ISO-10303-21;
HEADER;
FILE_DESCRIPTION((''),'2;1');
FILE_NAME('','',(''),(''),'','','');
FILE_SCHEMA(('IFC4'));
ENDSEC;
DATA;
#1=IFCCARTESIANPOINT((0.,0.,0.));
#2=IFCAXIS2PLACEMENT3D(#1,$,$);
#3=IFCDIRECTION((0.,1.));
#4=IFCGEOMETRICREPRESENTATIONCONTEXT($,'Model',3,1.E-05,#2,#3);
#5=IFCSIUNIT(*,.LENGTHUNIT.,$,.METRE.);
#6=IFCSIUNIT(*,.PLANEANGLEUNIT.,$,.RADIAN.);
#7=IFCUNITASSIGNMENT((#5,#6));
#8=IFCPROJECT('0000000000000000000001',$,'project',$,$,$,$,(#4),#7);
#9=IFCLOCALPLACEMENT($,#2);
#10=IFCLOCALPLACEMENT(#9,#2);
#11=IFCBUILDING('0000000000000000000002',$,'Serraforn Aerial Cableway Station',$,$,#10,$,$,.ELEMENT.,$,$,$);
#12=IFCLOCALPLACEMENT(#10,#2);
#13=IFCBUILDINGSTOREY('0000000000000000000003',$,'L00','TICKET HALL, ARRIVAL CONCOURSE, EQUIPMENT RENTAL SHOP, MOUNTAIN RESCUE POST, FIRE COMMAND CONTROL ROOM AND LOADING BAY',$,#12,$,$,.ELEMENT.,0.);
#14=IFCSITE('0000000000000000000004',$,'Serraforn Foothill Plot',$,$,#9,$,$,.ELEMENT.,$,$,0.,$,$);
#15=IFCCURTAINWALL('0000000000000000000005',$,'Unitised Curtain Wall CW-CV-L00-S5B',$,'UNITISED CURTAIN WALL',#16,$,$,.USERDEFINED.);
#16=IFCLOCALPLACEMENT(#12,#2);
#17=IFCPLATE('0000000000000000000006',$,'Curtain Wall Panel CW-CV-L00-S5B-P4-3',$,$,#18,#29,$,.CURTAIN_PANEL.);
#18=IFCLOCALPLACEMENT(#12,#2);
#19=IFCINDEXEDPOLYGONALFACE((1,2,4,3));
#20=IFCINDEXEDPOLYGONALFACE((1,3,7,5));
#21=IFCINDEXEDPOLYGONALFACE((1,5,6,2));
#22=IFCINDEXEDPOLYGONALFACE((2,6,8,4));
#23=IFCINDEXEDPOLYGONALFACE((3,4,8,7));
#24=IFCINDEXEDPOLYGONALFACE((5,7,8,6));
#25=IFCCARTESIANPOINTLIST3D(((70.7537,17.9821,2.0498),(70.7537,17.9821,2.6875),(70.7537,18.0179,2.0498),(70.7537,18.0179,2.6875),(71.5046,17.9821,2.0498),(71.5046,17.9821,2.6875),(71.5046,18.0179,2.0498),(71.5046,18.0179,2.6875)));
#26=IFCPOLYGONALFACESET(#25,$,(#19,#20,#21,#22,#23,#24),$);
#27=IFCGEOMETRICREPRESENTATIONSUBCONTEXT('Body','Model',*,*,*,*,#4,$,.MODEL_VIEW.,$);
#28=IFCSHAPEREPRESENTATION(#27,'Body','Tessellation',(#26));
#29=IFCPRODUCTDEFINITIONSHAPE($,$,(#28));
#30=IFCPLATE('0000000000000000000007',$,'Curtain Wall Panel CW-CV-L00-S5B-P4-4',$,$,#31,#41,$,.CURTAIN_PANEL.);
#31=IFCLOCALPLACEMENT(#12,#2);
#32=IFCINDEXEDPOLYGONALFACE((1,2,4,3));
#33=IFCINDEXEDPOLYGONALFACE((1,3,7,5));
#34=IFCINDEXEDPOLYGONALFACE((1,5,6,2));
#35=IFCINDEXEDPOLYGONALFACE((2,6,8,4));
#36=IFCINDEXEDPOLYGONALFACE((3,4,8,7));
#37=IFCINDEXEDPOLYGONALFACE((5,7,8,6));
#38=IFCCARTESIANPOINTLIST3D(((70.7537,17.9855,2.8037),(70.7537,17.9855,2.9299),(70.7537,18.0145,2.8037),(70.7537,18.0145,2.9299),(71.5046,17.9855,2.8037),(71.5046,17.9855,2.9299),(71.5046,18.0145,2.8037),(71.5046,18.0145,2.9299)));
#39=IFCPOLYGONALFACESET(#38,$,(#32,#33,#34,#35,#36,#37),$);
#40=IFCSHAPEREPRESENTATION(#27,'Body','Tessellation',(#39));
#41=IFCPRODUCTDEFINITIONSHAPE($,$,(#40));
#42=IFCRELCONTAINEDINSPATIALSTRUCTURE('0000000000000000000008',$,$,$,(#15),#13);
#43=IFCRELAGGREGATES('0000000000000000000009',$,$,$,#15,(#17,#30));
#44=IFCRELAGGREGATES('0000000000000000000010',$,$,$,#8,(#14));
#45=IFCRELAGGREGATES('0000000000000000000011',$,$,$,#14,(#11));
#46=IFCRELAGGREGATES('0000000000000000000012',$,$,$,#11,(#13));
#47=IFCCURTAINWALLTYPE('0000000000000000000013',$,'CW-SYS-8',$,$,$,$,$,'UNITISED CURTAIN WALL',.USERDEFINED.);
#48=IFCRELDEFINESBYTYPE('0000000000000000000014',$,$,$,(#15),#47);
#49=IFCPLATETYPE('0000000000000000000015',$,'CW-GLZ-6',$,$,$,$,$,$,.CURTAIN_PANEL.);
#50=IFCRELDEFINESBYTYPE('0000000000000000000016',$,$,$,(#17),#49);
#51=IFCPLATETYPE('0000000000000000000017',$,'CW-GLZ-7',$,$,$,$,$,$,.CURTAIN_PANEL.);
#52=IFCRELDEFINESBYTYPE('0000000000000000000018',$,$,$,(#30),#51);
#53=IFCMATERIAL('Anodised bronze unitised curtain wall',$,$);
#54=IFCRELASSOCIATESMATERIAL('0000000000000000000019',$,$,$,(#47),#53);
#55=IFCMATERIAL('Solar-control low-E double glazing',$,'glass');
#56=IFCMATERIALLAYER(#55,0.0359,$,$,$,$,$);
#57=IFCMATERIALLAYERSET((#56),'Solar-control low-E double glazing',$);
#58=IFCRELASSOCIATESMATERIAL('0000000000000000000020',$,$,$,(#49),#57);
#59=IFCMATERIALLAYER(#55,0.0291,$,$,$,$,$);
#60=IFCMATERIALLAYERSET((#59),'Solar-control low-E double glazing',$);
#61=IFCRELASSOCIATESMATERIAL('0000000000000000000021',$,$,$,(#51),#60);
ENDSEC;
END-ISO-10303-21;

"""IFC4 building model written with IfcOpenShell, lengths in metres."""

from ifc_helpers import new_model, si_unit, direction, frame, origin, origin_2d, place, context, subcontext, project, spatial, rectangle, extrude, material, layer, layer_set, type_object, element, aggregate, save


model = new_model("IFC4")

# Units and contexts
model_context = context("Model", 3, precision=1e-05, world=origin(), true_north=direction((0.0, 1.0)))
body_context = subcontext(model_context, "Body", "Model", "MODEL_VIEW")
ifc_project = project(units=[si_unit("LENGTHUNIT", "METRE"), si_unit("PLANEANGLEUNIT", "RADIAN")], contexts=[model_context])

# Site, building, storey
site_placement = place(None, origin())
site = spatial("IfcSite", under=ifc_project, at=site_placement, Name="Serraforn Foothill Plot", CompositionType="ELEMENT", RefElevation=0.0)
building_placement = place(site_placement, origin())
building = spatial("IfcBuilding", under=site, at=building_placement, Name="Serraforn Aerial Cableway Station", CompositionType="ELEMENT")
storey_placement = place(building_placement, origin())
storey = spatial("IfcBuildingStorey", under=building, at=storey_placement, Name="L00", Description="TICKET HALL, ARRIVAL CONCOURSE, EQUIPMENT RENTAL SHOP, MOUNTAIN RESCUE POST, FIRE COMMAND CONTROL ROOM AND LOADING BAY", CompositionType="ELEMENT", Elevation=0.0)

# Curtain wall, plates
ifc_material_1 = material(Name="Anodised bronze unitised curtain wall")
curtain_wall_type = type_object("IfcCurtainWallType", Name="CW-SYS-8", ElementType="UNITISED CURTAIN WALL", PredefinedType="USERDEFINED", material=ifc_material_1)
curtain_wall_placement = place(storey_placement, origin())
curtain_wall = element("IfcCurtainWall", 1, at=curtain_wall_placement, inside=storey, type_object=curtain_wall_type, Name="Unitised Curtain Wall CW-CV-L00-S5B", ObjectType="UNITISED CURTAIN WALL", PredefinedType="USERDEFINED")
ifc_material_2 = material(Name="Solar-control low-E double glazing", Category="glass")
ifc_layer_1 = layer(ifc_material_2, 0.0359)
ifc_layer_set_1 = layer_set([ifc_layer_1], Name="Solar-control low-E double glazing")
plate_type_1 = type_object("IfcPlateType", Name="CW-GLZ-6", PredefinedType="CURTAIN_PANEL", material=ifc_layer_set_1)
plate_1_placement = place(storey_placement, frame((71.1292, 18.0, 2.0498), z_axis=(0.0, 0.0, 1.0), x_axis=(1.0, 0.0, 0.0)))
plate_1 = element("IfcPlate", 2, at=plate_1_placement, type_object=plate_type_1, Name="Curtain Wall Panel CW-CV-L00-S5B-P4-3", PredefinedType="CURTAIN_PANEL", context=body_context, shape_type="SweptSolid", body=[
    extrude(rectangle(XDim=0.751, YDim=0.0359, at=origin_2d()), origin(), (0.0, 0.0, 1.0), 0.6377),
])
ifc_layer_2 = layer(ifc_material_2, 0.0291)
ifc_layer_set_2 = layer_set([ifc_layer_2], Name="Solar-control low-E double glazing")
plate_type_2 = type_object("IfcPlateType", Name="CW-GLZ-7", PredefinedType="CURTAIN_PANEL", material=ifc_layer_set_2)
plate_2_placement = place(storey_placement, frame((71.1292, 18.0, 2.8037), z_axis=(0.0, 0.0, 1.0), x_axis=(1.0, 0.0, 0.0)))
plate_2 = element("IfcPlate", 3, at=plate_2_placement, type_object=plate_type_2, Name="Curtain Wall Panel CW-CV-L00-S5B-P4-4", PredefinedType="CURTAIN_PANEL", context=body_context, shape_type="SweptSolid", body=[
    extrude(rectangle(XDim=0.751, YDim=0.0291, at=origin_2d()), origin(), (0.0, 0.0, 1.0), 0.1262),
])
aggregate(curtain_wall, [plate_1, plate_2])

save(model, "model.ifc")
